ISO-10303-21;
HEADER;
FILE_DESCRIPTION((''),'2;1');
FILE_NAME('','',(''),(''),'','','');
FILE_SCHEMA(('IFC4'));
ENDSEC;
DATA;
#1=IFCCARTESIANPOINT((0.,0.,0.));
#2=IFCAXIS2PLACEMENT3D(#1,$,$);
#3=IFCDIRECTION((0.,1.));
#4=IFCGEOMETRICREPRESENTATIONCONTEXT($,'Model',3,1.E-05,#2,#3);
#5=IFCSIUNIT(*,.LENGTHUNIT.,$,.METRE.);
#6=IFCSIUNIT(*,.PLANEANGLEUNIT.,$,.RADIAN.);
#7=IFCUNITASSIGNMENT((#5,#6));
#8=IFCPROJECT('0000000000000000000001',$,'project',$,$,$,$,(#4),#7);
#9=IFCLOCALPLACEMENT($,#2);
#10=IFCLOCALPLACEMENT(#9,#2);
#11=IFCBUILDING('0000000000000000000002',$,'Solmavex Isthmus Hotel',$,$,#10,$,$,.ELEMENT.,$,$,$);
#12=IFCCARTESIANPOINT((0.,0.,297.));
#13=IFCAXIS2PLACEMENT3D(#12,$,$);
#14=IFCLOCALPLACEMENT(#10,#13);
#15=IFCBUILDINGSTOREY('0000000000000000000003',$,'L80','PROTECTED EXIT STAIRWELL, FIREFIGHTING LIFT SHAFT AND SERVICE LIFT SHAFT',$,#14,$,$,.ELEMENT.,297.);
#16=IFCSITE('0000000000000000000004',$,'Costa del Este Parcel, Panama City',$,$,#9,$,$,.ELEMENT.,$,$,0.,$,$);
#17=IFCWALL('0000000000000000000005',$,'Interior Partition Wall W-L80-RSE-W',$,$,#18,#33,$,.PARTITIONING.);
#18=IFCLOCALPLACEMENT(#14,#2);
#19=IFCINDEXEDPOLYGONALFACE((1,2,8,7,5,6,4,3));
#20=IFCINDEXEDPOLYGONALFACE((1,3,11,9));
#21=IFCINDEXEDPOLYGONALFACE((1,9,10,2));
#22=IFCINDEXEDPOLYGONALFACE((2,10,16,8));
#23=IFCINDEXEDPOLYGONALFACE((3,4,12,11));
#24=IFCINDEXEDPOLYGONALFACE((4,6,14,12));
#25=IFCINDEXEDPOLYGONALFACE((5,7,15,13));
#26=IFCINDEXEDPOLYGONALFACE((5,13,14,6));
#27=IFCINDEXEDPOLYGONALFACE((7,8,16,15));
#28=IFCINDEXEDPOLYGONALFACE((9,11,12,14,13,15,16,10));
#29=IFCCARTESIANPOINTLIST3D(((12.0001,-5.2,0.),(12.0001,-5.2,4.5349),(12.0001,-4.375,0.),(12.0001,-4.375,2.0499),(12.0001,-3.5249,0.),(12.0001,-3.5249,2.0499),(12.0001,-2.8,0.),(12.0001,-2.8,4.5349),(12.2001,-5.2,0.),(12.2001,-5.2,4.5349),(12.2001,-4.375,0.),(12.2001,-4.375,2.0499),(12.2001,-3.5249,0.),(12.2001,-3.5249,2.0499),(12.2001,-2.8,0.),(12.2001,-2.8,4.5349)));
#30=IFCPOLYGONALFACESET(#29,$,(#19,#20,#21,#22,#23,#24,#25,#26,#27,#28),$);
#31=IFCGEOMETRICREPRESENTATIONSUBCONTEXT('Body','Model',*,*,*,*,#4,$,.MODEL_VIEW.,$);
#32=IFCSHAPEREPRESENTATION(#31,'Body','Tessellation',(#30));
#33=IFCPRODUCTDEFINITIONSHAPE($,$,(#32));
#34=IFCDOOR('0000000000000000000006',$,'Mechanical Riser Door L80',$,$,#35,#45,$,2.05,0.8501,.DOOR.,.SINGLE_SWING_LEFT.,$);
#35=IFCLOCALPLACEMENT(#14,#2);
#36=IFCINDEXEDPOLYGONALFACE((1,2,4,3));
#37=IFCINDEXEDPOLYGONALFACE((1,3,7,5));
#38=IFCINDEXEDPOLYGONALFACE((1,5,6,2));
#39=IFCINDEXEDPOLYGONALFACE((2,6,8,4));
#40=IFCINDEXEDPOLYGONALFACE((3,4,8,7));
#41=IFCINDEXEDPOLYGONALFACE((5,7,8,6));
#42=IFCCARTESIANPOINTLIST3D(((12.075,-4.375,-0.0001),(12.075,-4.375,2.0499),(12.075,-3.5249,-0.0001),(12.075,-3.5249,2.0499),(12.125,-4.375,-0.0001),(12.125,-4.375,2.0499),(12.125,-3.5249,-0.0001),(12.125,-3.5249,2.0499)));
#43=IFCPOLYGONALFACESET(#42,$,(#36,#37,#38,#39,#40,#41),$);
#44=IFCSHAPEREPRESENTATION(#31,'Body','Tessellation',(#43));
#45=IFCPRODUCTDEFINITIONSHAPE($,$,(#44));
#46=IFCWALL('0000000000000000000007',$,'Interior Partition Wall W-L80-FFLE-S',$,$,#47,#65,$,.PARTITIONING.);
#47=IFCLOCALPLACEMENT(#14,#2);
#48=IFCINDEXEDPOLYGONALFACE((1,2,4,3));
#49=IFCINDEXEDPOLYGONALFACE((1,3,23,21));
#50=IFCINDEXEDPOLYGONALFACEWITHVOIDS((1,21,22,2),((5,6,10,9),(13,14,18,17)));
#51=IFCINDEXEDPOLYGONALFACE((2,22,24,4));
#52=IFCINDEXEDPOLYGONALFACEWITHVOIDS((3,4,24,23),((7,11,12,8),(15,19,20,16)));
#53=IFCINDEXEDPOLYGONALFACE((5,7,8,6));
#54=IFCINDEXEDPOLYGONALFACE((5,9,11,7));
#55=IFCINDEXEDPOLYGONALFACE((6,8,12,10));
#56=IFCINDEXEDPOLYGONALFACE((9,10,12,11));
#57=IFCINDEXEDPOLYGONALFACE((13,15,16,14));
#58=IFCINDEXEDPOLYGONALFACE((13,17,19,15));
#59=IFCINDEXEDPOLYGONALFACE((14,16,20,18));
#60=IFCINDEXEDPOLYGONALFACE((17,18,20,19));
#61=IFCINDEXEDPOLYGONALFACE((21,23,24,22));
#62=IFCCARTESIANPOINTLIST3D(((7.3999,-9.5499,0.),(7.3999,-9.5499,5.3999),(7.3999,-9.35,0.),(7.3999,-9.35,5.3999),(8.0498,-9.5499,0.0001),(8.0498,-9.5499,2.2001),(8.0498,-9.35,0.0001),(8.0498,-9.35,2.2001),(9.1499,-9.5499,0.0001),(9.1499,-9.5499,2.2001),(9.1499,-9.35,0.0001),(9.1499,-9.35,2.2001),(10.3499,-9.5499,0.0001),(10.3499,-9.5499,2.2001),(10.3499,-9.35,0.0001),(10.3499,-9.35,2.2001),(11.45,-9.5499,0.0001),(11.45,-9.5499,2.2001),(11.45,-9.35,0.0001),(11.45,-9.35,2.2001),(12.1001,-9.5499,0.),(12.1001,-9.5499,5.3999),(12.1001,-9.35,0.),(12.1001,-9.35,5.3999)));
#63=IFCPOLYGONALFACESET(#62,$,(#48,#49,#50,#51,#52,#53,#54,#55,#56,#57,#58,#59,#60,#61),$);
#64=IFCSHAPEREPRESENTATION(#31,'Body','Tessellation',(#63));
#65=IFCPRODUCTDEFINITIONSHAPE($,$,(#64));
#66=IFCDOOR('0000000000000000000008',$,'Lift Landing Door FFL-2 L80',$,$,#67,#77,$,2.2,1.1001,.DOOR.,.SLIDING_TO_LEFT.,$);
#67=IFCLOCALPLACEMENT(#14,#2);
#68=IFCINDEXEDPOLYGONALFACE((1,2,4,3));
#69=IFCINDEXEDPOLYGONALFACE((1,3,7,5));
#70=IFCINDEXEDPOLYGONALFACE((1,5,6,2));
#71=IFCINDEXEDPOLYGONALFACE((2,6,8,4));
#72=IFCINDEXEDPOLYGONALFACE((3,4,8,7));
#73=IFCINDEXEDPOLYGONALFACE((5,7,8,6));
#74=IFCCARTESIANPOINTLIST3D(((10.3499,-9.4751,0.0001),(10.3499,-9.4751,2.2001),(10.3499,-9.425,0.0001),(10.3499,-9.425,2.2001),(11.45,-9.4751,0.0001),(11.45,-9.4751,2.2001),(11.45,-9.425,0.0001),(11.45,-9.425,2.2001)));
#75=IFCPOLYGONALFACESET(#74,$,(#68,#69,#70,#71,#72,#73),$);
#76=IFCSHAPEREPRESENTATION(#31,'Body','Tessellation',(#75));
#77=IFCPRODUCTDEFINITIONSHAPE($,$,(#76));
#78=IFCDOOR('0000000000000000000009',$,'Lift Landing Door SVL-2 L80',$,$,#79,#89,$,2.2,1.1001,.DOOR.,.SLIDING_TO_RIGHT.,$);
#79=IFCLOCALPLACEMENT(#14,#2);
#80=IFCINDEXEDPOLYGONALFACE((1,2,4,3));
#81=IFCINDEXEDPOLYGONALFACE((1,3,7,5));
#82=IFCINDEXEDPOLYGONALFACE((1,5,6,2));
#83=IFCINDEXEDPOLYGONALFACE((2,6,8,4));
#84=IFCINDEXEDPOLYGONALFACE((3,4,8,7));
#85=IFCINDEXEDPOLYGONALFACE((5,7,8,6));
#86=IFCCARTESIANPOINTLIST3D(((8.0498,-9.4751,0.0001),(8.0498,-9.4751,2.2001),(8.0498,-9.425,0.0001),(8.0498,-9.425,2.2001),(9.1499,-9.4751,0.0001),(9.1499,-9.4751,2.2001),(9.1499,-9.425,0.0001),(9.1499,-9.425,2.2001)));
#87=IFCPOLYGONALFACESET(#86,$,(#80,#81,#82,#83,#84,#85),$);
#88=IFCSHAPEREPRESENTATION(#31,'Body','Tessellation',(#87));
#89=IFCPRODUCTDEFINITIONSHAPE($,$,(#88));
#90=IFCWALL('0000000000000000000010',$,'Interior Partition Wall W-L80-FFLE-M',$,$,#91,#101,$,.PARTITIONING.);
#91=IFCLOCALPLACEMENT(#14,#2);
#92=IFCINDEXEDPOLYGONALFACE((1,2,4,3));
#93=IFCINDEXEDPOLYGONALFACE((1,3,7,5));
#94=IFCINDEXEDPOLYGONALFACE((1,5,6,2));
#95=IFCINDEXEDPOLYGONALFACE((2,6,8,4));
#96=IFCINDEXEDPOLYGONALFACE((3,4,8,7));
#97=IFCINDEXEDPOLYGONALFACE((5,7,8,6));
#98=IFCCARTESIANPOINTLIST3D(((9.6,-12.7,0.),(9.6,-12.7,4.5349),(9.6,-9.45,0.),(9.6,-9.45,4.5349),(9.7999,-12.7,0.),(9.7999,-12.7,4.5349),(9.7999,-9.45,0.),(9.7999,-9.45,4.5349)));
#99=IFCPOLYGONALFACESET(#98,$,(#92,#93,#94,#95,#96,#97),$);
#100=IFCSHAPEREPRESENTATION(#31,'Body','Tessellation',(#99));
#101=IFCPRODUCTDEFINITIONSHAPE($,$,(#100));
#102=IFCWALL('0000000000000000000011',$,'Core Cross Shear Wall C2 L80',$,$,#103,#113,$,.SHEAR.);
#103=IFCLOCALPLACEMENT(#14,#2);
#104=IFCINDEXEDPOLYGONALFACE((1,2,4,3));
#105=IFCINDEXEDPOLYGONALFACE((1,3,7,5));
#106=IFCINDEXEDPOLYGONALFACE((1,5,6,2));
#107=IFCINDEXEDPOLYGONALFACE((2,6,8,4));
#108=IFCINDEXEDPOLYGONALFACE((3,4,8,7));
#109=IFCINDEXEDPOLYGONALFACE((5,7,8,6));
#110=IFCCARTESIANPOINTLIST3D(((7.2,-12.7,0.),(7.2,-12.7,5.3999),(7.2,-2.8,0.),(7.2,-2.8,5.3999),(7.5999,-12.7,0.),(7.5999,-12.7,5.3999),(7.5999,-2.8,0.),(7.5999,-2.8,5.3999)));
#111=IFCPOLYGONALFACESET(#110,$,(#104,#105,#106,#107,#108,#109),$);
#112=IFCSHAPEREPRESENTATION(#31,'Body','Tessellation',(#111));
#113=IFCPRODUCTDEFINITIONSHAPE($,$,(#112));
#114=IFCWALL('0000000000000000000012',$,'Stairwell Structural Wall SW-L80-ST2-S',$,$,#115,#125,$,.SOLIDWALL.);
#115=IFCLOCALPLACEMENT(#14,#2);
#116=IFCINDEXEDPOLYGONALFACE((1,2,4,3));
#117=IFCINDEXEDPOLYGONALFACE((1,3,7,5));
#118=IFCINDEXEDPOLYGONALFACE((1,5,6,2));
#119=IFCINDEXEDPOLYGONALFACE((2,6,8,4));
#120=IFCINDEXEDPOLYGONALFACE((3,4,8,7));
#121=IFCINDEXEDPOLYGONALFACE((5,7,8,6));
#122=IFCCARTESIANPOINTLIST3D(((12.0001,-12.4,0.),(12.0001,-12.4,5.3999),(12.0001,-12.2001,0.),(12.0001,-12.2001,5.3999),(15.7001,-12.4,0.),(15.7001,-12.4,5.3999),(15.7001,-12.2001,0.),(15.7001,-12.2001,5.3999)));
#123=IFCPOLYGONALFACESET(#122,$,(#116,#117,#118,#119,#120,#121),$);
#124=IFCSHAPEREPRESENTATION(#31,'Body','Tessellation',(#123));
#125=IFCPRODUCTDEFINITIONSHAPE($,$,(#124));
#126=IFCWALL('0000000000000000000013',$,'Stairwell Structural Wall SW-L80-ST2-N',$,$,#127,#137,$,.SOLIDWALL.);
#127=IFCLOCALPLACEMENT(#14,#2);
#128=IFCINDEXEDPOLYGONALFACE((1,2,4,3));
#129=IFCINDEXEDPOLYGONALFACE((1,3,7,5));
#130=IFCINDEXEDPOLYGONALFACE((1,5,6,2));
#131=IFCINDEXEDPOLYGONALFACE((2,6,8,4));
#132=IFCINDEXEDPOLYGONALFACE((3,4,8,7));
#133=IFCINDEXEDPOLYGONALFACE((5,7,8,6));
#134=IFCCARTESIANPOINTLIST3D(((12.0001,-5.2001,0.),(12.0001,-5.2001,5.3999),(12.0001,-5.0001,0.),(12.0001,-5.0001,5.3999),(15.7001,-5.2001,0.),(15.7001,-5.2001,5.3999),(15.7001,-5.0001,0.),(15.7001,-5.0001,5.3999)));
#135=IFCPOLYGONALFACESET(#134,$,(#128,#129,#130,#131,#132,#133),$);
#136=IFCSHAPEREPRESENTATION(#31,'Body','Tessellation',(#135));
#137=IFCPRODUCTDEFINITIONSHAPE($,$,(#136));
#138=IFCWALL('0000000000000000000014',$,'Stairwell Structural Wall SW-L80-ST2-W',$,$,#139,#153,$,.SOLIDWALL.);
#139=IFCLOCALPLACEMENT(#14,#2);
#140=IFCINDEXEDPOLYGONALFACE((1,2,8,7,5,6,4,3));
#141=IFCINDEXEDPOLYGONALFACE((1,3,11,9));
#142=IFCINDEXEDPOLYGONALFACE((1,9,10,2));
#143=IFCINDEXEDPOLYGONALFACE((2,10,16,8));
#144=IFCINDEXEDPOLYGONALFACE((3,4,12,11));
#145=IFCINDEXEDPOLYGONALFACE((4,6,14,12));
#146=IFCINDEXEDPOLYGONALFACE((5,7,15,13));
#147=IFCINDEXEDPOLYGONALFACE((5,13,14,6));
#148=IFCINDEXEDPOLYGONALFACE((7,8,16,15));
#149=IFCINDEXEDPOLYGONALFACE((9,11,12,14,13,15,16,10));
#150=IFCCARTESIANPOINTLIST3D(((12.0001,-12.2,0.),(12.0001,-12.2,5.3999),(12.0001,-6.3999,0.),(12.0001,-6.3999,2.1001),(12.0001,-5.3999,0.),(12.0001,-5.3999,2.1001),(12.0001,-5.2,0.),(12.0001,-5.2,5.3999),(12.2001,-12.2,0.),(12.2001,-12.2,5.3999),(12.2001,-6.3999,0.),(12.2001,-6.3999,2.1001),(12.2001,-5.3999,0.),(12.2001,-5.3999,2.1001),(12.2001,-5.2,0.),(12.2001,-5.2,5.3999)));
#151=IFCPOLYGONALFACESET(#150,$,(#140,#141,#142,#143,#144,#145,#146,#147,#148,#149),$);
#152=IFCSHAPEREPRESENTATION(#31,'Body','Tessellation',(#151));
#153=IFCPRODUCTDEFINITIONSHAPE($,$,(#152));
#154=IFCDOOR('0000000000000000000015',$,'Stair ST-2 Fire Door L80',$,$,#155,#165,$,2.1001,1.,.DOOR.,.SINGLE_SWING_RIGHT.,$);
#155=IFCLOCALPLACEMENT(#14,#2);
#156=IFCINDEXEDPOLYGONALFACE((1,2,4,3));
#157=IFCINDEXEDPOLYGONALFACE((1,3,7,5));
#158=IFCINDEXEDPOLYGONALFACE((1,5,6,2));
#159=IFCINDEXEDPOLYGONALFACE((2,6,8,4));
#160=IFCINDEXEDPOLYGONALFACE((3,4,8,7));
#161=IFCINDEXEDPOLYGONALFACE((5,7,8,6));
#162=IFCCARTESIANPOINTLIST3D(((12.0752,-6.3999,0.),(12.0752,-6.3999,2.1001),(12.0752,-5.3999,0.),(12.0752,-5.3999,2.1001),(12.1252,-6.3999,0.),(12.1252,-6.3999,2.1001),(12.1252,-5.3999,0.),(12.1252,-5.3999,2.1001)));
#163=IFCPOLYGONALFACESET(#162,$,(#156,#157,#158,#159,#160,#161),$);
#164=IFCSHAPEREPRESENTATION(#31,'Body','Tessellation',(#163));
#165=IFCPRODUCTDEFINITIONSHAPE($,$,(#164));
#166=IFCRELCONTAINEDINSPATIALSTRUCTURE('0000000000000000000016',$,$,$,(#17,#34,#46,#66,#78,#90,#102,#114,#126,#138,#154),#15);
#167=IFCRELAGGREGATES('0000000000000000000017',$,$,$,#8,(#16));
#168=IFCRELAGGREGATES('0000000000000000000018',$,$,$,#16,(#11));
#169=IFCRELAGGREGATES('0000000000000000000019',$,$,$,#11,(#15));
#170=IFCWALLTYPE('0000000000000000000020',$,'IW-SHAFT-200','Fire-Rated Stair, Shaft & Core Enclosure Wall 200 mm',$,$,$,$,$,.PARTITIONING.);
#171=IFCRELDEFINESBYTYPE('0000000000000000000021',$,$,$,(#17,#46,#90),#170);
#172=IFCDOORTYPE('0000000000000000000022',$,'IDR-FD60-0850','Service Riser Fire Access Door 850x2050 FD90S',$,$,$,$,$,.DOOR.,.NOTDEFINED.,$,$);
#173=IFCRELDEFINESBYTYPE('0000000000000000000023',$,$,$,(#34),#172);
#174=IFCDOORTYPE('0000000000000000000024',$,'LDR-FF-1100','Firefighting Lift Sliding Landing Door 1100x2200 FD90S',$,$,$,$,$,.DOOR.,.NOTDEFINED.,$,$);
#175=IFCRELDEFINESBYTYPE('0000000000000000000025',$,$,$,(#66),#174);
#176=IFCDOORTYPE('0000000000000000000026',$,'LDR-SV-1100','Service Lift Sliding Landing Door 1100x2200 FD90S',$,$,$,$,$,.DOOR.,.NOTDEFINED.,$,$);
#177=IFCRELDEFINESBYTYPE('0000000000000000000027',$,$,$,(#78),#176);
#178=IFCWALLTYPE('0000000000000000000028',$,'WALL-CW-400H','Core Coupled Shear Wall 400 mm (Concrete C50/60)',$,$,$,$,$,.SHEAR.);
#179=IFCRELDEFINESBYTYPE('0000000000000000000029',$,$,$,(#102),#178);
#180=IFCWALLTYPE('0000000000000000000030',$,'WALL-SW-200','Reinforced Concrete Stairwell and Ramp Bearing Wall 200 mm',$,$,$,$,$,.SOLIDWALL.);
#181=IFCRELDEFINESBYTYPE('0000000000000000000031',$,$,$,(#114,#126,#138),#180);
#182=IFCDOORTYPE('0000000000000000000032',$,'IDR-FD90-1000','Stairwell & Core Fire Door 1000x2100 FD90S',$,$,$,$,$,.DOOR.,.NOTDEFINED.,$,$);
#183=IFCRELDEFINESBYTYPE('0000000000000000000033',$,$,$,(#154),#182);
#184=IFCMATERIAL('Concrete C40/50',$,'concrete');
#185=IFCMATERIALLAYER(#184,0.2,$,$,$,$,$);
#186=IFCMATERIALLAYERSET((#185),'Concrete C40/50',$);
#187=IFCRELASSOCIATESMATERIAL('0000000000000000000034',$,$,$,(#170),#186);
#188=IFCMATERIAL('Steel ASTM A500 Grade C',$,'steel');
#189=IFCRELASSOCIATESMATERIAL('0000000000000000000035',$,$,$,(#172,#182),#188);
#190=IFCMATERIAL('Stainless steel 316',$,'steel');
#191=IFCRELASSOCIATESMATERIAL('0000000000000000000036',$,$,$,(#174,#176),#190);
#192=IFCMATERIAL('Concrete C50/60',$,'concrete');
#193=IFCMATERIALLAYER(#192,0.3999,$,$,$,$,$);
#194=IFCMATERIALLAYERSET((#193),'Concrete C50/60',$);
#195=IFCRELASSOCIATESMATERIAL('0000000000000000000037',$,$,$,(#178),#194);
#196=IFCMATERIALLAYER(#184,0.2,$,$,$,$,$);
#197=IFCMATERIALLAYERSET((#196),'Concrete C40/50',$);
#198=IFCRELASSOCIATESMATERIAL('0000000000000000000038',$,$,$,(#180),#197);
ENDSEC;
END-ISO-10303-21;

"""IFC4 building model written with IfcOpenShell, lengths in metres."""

from ifc_helpers import new_model, si_unit, direction, frame, frame_2d, origin, place, context, subcontext, project, spatial, rectangle, extrude, material, layer, layer_set, type_object, element, fill, save


model = new_model("IFC4")

# Units and contexts
model_context = context("Model", 3, precision=1e-05, world=origin(), true_north=direction((0.0, 1.0)))
body_context = subcontext(model_context, "Body", "Model", "MODEL_VIEW")
ifc_project = project(units=[si_unit("LENGTHUNIT", "METRE"), si_unit("PLANEANGLEUNIT", "RADIAN")], contexts=[model_context])

# Site, building, storey
site_placement = place(None, origin())
site = spatial("IfcSite", under=ifc_project, at=site_placement, Name="Costa del Este Parcel, Panama City", CompositionType="ELEMENT", RefElevation=0.0)
building_placement = place(site_placement, origin())
building = spatial("IfcBuilding", under=site, at=building_placement, Name="Solmavex Isthmus Hotel", CompositionType="ELEMENT")
storey_placement = place(building_placement, frame((0.0, 0.0, 297.0)))
storey = spatial("IfcBuildingStorey", under=building, at=storey_placement, Name="L80", Description="PROTECTED EXIT STAIRWELL, FIREFIGHTING LIFT SHAFT AND SERVICE LIFT SHAFT", CompositionType="ELEMENT", Elevation=297.0)

# Shared definitions
ifc_material_1 = material(Name="Concrete C50/60", Category="concrete")

# Wall, opening, door
ifc_material_2 = material(Name="Concrete C40/50", Category="concrete")
ifc_layer_1 = layer(ifc_material_2, 0.2)
ifc_layer_set_1 = layer_set([ifc_layer_1], Name="Concrete C40/50")
wall_type_1 = type_object("IfcWallType", Name="IW-SHAFT-200", Description="Fire-Rated Stair, Shaft & Core Enclosure Wall 200 mm", PredefinedType="PARTITIONING", material=ifc_layer_set_1)
wall_1_placement = place(storey_placement, frame((12.1001, -5.2, 0.0), z_axis=(0.0, 0.0, 1.0), x_axis=(0.0, 1.0, 0.0)))
wall_1 = element("IfcWall", 1, at=wall_1_placement, inside=storey, type_object=wall_type_1, Name="Interior Partition Wall W-L80-RSE-W", PredefinedType="PARTITIONING", context=body_context, shape_type="SweptSolid", body=[
    extrude(rectangle(XDim=2.3999, YDim=0.2, at=frame_2d((1.2, 0.0))), origin(), (0.0, 0.0, 1.0), 4.5349),
])
opening_1_placement = place(wall_1_placement, frame((0.825, 0.0, 0.0)))
opening_1 = element("IfcOpeningElement", 2, at=opening_1_placement, cuts=wall_1, PredefinedType="OPENING", context=body_context, shape_type="SweptSolid", body=[
    extrude(rectangle(XDim=0.8501, YDim=2.05, at=frame_2d((0.425, 1.0249))), frame((0.0, 0.1099, 0.0), z_axis=(0.0, -1.0, 0.0), x_axis=(1.0, 0.0, 0.0)), (0.0, 0.0, 1.0), 0.22),
])
ifc_material_3 = material(Name="Steel ASTM A500 Grade C", Category="steel")
door_type_1 = type_object("IfcDoorType", Name="IDR-FD60-0850", Description="Service Riser Fire Access Door 850x2050 FD90S", OperationType="NOTDEFINED", PredefinedType="DOOR", material=ifc_material_3)
door_1_placement = place(opening_1_placement, frame((0.8501, 0.0, 0.0), z_axis=(0.0, 0.0, 1.0), x_axis=(-1.0, 0.0, 0.0)))
door_1 = element("IfcDoor", 3, at=door_1_placement, inside=storey, type_object=door_type_1, Name="Mechanical Riser Door L80", OperationType="SINGLE_SWING_LEFT", OverallHeight=2.05, OverallWidth=0.8501, PredefinedType="DOOR", context=body_context, shape_type="SweptSolid", body=[
    extrude(rectangle(XDim=0.8501, YDim=2.05, at=frame_2d((0.425, 1.0249))), frame((0.0, 0.0249, 0.0), z_axis=(0.0, -1.0, 0.0), x_axis=(1.0, 0.0, 0.0)), (0.0, 0.0, 1.0), 0.05),
])
fill(opening_1, door_1)

# Wall, openings, doors
wall_2_placement = place(storey_placement, frame((7.3999, -9.45, 0.0), z_axis=(0.0, 0.0, 1.0), x_axis=(1.0, 0.0, 0.0)))
wall_2 = element("IfcWall", 4, at=wall_2_placement, inside=storey, type_object=wall_type_1, Name="Interior Partition Wall W-L80-FFLE-S", PredefinedType="PARTITIONING", context=body_context, shape_type="SweptSolid", body=[
    extrude(rectangle(XDim=4.7002, YDim=0.2, at=frame_2d((2.3501, 0.0))), origin(), (0.0, 0.0, 1.0), 5.3999),
])
opening_2_placement = place(wall_2_placement, frame((2.95, 0.0, 0.0)))
opening_2 = element("IfcOpeningElement", 5, at=opening_2_placement, cuts=wall_2, PredefinedType="OPENING", context=body_context, shape_type="SweptSolid", body=[
    extrude(rectangle(XDim=1.1001, YDim=2.2, at=frame_2d((0.55, 1.1001))), frame((0.0, 0.1099, 0.0), z_axis=(0.0, -1.0, 0.0), x_axis=(1.0, 0.0, 0.0)), (0.0, 0.0, 1.0), 0.22),
])
opening_3_placement = place(wall_2_placement, frame((0.6499, 0.0, 0.0)))
opening_3 = element("IfcOpeningElement", 6, at=opening_3_placement, cuts=wall_2, PredefinedType="OPENING", context=body_context, shape_type="SweptSolid", body=[
    extrude(rectangle(XDim=1.1001, YDim=2.2, at=frame_2d((0.55, 1.1001))), frame((0.0, 0.1099, 0.0), z_axis=(0.0, -1.0, 0.0), x_axis=(1.0, 0.0, 0.0)), (0.0, 0.0, 1.0), 0.22),
])
ifc_material_4 = material(Name="Stainless steel 316", Category="steel")
door_type_2 = type_object("IfcDoorType", Name="LDR-FF-1100", Description="Firefighting Lift Sliding Landing Door 1100x2200 FD90S", OperationType="NOTDEFINED", PredefinedType="DOOR", material=ifc_material_4)
door_2_placement = place(opening_2_placement, origin())
door_2 = element("IfcDoor", 7, at=door_2_placement, inside=storey, type_object=door_type_2, Name="Lift Landing Door FFL-2 L80", OperationType="SLIDING_TO_LEFT", OverallHeight=2.2, OverallWidth=1.1001, PredefinedType="DOOR", context=body_context, shape_type="SweptSolid", body=[
    extrude(rectangle(XDim=1.1001, YDim=2.2, at=frame_2d((0.55, 1.1001))), frame((0.0, 0.0249, 0.0), z_axis=(0.0, -1.0, 0.0), x_axis=(1.0, 0.0, 0.0)), (0.0, 0.0, 1.0), 0.05),
])
fill(opening_2, door_2)
door_type_3 = type_object("IfcDoorType", Name="LDR-SV-1100", Description="Service Lift Sliding Landing Door 1100x2200 FD90S", OperationType="NOTDEFINED", PredefinedType="DOOR", material=ifc_material_4)
door_3_placement = place(opening_3_placement, origin())
door_3 = element("IfcDoor", 8, at=door_3_placement, inside=storey, type_object=door_type_3, Name="Lift Landing Door SVL-2 L80", OperationType="SLIDING_TO_RIGHT", OverallHeight=2.2, OverallWidth=1.1001, PredefinedType="DOOR", context=body_context, shape_type="SweptSolid", body=[
    extrude(rectangle(XDim=1.1001, YDim=2.2, at=frame_2d((0.55, 1.1001))), frame((0.0, 0.0249, 0.0), z_axis=(0.0, -1.0, 0.0), x_axis=(1.0, 0.0, 0.0)), (0.0, 0.0, 1.0), 0.05),
])
fill(opening_3, door_3)

# Walls
wall_3_placement = place(storey_placement, frame((9.7, -12.7, 0.0), z_axis=(0.0, 0.0, 1.0), x_axis=(0.0, 1.0, 0.0)))
element("IfcWall", 9, at=wall_3_placement, inside=storey, type_object=wall_type_1, Name="Interior Partition Wall W-L80-FFLE-M", PredefinedType="PARTITIONING", context=body_context, shape_type="SweptSolid", body=[
    extrude(rectangle(XDim=3.25, YDim=0.2, at=frame_2d((1.625, 0.0))), origin(), (0.0, 0.0, 1.0), 4.5349),
])
ifc_layer_2 = layer(ifc_material_1, 0.3999)
ifc_layer_set_2 = layer_set([ifc_layer_2], Name="Concrete C50/60")
wall_type_2 = type_object("IfcWallType", Name="WALL-CW-400H", Description="Core Coupled Shear Wall 400 mm (Concrete C50/60)", PredefinedType="SHEAR", material=ifc_layer_set_2)
wall_4_placement = place(storey_placement, frame((7.3999, -12.7, 0.0), z_axis=(0.0, 0.0, 1.0), x_axis=(0.0, 1.0, 0.0)))
element("IfcWall", 10, at=wall_4_placement, inside=storey, type_object=wall_type_2, Name="Core Cross Shear Wall C2 L80", PredefinedType="SHEAR", context=body_context, shape_type="SweptSolid", body=[
    extrude(rectangle(XDim=9.8999, YDim=0.3999, at=frame_2d((4.95, 0.0))), origin(), (0.0, 0.0, 1.0), 5.3999),
])
ifc_layer_3 = layer(ifc_material_2, 0.2)
ifc_layer_set_3 = layer_set([ifc_layer_3], Name="Concrete C40/50")
wall_type_3 = type_object("IfcWallType", Name="WALL-SW-200", Description="Reinforced Concrete Stairwell and Ramp Bearing Wall 200 mm", PredefinedType="SOLIDWALL", material=ifc_layer_set_3)
for number, where, z_axis, x_axis, name in (
    (11, (12.0, -12.3, 0.0), (0.0, 0.0, 1.0), (1.0, 0.0, 0.0), "Stairwell Structural Wall SW-L80-ST2-S"),
    (12, (12.0, -5.1001, 0.0), (0.0, 0.0, 1.0), (1.0, 0.0, 0.0), "Stairwell Structural Wall SW-L80-ST2-N"),
):
    element("IfcWall", number, at=place(storey_placement, frame(where, z_axis=z_axis, x_axis=x_axis)), inside=storey, type_object=wall_type_3, Name=name, PredefinedType="SOLIDWALL", context=body_context, shape_type="SweptSolid", body=[
        extrude(rectangle(XDim=3.7, YDim=0.2, at=frame_2d((1.8501, 0.0))), origin(), (0.0, 0.0, 1.0), 5.3999),
    ])

# Wall, opening, door
wall_5_placement = place(storey_placement, frame((12.1001, -12.2, 0.0), z_axis=(0.0, 0.0, 1.0), x_axis=(0.0, 1.0, 0.0)))
wall_5 = element("IfcWall", 13, at=wall_5_placement, inside=storey, type_object=wall_type_3, Name="Stairwell Structural Wall SW-L80-ST2-W", PredefinedType="SOLIDWALL", context=body_context, shape_type="SweptSolid", body=[
    extrude(rectangle(XDim=7.0, YDim=0.2, at=frame_2d((3.5, 0.0))), origin(), (0.0, 0.0, 1.0), 5.3999),
])
opening_4_placement = place(wall_5_placement, frame((5.8, 0.0, 0.0)))
opening_4 = element("IfcOpeningElement", 14, at=opening_4_placement, cuts=wall_5, PredefinedType="OPENING", context=body_context, shape_type="SweptSolid", body=[
    extrude(rectangle(XDim=1.0, YDim=2.1001, at=frame_2d((0.5, 1.05))), frame((0.0, 0.1099, 0.0), z_axis=(0.0, -1.0, 0.0), x_axis=(1.0, 0.0, 0.0)), (0.0, 0.0, 1.0), 0.22),
])
door_type_4 = type_object("IfcDoorType", Name="IDR-FD90-1000", Description="Stairwell & Core Fire Door 1000x2100 FD90S", OperationType="NOTDEFINED", PredefinedType="DOOR", material=ifc_material_3)
door_4_placement = place(opening_4_placement, origin())
door_4 = element("IfcDoor", 15, at=door_4_placement, inside=storey, type_object=door_type_4, Name="Stair ST-2 Fire Door L80", OperationType="SINGLE_SWING_RIGHT", OverallHeight=2.1001, OverallWidth=1.0, PredefinedType="DOOR", context=body_context, shape_type="SweptSolid", body=[
    extrude(rectangle(XDim=1.0, YDim=2.1001, at=frame_2d((0.5, 1.05))), frame((0.0, 0.0249, 0.0), z_axis=(0.0, -1.0, 0.0), x_axis=(1.0, 0.0, 0.0)), (0.0, 0.0, 1.0), 0.05),
])
fill(opening_4, door_4)

save(model, "model.ifc")
